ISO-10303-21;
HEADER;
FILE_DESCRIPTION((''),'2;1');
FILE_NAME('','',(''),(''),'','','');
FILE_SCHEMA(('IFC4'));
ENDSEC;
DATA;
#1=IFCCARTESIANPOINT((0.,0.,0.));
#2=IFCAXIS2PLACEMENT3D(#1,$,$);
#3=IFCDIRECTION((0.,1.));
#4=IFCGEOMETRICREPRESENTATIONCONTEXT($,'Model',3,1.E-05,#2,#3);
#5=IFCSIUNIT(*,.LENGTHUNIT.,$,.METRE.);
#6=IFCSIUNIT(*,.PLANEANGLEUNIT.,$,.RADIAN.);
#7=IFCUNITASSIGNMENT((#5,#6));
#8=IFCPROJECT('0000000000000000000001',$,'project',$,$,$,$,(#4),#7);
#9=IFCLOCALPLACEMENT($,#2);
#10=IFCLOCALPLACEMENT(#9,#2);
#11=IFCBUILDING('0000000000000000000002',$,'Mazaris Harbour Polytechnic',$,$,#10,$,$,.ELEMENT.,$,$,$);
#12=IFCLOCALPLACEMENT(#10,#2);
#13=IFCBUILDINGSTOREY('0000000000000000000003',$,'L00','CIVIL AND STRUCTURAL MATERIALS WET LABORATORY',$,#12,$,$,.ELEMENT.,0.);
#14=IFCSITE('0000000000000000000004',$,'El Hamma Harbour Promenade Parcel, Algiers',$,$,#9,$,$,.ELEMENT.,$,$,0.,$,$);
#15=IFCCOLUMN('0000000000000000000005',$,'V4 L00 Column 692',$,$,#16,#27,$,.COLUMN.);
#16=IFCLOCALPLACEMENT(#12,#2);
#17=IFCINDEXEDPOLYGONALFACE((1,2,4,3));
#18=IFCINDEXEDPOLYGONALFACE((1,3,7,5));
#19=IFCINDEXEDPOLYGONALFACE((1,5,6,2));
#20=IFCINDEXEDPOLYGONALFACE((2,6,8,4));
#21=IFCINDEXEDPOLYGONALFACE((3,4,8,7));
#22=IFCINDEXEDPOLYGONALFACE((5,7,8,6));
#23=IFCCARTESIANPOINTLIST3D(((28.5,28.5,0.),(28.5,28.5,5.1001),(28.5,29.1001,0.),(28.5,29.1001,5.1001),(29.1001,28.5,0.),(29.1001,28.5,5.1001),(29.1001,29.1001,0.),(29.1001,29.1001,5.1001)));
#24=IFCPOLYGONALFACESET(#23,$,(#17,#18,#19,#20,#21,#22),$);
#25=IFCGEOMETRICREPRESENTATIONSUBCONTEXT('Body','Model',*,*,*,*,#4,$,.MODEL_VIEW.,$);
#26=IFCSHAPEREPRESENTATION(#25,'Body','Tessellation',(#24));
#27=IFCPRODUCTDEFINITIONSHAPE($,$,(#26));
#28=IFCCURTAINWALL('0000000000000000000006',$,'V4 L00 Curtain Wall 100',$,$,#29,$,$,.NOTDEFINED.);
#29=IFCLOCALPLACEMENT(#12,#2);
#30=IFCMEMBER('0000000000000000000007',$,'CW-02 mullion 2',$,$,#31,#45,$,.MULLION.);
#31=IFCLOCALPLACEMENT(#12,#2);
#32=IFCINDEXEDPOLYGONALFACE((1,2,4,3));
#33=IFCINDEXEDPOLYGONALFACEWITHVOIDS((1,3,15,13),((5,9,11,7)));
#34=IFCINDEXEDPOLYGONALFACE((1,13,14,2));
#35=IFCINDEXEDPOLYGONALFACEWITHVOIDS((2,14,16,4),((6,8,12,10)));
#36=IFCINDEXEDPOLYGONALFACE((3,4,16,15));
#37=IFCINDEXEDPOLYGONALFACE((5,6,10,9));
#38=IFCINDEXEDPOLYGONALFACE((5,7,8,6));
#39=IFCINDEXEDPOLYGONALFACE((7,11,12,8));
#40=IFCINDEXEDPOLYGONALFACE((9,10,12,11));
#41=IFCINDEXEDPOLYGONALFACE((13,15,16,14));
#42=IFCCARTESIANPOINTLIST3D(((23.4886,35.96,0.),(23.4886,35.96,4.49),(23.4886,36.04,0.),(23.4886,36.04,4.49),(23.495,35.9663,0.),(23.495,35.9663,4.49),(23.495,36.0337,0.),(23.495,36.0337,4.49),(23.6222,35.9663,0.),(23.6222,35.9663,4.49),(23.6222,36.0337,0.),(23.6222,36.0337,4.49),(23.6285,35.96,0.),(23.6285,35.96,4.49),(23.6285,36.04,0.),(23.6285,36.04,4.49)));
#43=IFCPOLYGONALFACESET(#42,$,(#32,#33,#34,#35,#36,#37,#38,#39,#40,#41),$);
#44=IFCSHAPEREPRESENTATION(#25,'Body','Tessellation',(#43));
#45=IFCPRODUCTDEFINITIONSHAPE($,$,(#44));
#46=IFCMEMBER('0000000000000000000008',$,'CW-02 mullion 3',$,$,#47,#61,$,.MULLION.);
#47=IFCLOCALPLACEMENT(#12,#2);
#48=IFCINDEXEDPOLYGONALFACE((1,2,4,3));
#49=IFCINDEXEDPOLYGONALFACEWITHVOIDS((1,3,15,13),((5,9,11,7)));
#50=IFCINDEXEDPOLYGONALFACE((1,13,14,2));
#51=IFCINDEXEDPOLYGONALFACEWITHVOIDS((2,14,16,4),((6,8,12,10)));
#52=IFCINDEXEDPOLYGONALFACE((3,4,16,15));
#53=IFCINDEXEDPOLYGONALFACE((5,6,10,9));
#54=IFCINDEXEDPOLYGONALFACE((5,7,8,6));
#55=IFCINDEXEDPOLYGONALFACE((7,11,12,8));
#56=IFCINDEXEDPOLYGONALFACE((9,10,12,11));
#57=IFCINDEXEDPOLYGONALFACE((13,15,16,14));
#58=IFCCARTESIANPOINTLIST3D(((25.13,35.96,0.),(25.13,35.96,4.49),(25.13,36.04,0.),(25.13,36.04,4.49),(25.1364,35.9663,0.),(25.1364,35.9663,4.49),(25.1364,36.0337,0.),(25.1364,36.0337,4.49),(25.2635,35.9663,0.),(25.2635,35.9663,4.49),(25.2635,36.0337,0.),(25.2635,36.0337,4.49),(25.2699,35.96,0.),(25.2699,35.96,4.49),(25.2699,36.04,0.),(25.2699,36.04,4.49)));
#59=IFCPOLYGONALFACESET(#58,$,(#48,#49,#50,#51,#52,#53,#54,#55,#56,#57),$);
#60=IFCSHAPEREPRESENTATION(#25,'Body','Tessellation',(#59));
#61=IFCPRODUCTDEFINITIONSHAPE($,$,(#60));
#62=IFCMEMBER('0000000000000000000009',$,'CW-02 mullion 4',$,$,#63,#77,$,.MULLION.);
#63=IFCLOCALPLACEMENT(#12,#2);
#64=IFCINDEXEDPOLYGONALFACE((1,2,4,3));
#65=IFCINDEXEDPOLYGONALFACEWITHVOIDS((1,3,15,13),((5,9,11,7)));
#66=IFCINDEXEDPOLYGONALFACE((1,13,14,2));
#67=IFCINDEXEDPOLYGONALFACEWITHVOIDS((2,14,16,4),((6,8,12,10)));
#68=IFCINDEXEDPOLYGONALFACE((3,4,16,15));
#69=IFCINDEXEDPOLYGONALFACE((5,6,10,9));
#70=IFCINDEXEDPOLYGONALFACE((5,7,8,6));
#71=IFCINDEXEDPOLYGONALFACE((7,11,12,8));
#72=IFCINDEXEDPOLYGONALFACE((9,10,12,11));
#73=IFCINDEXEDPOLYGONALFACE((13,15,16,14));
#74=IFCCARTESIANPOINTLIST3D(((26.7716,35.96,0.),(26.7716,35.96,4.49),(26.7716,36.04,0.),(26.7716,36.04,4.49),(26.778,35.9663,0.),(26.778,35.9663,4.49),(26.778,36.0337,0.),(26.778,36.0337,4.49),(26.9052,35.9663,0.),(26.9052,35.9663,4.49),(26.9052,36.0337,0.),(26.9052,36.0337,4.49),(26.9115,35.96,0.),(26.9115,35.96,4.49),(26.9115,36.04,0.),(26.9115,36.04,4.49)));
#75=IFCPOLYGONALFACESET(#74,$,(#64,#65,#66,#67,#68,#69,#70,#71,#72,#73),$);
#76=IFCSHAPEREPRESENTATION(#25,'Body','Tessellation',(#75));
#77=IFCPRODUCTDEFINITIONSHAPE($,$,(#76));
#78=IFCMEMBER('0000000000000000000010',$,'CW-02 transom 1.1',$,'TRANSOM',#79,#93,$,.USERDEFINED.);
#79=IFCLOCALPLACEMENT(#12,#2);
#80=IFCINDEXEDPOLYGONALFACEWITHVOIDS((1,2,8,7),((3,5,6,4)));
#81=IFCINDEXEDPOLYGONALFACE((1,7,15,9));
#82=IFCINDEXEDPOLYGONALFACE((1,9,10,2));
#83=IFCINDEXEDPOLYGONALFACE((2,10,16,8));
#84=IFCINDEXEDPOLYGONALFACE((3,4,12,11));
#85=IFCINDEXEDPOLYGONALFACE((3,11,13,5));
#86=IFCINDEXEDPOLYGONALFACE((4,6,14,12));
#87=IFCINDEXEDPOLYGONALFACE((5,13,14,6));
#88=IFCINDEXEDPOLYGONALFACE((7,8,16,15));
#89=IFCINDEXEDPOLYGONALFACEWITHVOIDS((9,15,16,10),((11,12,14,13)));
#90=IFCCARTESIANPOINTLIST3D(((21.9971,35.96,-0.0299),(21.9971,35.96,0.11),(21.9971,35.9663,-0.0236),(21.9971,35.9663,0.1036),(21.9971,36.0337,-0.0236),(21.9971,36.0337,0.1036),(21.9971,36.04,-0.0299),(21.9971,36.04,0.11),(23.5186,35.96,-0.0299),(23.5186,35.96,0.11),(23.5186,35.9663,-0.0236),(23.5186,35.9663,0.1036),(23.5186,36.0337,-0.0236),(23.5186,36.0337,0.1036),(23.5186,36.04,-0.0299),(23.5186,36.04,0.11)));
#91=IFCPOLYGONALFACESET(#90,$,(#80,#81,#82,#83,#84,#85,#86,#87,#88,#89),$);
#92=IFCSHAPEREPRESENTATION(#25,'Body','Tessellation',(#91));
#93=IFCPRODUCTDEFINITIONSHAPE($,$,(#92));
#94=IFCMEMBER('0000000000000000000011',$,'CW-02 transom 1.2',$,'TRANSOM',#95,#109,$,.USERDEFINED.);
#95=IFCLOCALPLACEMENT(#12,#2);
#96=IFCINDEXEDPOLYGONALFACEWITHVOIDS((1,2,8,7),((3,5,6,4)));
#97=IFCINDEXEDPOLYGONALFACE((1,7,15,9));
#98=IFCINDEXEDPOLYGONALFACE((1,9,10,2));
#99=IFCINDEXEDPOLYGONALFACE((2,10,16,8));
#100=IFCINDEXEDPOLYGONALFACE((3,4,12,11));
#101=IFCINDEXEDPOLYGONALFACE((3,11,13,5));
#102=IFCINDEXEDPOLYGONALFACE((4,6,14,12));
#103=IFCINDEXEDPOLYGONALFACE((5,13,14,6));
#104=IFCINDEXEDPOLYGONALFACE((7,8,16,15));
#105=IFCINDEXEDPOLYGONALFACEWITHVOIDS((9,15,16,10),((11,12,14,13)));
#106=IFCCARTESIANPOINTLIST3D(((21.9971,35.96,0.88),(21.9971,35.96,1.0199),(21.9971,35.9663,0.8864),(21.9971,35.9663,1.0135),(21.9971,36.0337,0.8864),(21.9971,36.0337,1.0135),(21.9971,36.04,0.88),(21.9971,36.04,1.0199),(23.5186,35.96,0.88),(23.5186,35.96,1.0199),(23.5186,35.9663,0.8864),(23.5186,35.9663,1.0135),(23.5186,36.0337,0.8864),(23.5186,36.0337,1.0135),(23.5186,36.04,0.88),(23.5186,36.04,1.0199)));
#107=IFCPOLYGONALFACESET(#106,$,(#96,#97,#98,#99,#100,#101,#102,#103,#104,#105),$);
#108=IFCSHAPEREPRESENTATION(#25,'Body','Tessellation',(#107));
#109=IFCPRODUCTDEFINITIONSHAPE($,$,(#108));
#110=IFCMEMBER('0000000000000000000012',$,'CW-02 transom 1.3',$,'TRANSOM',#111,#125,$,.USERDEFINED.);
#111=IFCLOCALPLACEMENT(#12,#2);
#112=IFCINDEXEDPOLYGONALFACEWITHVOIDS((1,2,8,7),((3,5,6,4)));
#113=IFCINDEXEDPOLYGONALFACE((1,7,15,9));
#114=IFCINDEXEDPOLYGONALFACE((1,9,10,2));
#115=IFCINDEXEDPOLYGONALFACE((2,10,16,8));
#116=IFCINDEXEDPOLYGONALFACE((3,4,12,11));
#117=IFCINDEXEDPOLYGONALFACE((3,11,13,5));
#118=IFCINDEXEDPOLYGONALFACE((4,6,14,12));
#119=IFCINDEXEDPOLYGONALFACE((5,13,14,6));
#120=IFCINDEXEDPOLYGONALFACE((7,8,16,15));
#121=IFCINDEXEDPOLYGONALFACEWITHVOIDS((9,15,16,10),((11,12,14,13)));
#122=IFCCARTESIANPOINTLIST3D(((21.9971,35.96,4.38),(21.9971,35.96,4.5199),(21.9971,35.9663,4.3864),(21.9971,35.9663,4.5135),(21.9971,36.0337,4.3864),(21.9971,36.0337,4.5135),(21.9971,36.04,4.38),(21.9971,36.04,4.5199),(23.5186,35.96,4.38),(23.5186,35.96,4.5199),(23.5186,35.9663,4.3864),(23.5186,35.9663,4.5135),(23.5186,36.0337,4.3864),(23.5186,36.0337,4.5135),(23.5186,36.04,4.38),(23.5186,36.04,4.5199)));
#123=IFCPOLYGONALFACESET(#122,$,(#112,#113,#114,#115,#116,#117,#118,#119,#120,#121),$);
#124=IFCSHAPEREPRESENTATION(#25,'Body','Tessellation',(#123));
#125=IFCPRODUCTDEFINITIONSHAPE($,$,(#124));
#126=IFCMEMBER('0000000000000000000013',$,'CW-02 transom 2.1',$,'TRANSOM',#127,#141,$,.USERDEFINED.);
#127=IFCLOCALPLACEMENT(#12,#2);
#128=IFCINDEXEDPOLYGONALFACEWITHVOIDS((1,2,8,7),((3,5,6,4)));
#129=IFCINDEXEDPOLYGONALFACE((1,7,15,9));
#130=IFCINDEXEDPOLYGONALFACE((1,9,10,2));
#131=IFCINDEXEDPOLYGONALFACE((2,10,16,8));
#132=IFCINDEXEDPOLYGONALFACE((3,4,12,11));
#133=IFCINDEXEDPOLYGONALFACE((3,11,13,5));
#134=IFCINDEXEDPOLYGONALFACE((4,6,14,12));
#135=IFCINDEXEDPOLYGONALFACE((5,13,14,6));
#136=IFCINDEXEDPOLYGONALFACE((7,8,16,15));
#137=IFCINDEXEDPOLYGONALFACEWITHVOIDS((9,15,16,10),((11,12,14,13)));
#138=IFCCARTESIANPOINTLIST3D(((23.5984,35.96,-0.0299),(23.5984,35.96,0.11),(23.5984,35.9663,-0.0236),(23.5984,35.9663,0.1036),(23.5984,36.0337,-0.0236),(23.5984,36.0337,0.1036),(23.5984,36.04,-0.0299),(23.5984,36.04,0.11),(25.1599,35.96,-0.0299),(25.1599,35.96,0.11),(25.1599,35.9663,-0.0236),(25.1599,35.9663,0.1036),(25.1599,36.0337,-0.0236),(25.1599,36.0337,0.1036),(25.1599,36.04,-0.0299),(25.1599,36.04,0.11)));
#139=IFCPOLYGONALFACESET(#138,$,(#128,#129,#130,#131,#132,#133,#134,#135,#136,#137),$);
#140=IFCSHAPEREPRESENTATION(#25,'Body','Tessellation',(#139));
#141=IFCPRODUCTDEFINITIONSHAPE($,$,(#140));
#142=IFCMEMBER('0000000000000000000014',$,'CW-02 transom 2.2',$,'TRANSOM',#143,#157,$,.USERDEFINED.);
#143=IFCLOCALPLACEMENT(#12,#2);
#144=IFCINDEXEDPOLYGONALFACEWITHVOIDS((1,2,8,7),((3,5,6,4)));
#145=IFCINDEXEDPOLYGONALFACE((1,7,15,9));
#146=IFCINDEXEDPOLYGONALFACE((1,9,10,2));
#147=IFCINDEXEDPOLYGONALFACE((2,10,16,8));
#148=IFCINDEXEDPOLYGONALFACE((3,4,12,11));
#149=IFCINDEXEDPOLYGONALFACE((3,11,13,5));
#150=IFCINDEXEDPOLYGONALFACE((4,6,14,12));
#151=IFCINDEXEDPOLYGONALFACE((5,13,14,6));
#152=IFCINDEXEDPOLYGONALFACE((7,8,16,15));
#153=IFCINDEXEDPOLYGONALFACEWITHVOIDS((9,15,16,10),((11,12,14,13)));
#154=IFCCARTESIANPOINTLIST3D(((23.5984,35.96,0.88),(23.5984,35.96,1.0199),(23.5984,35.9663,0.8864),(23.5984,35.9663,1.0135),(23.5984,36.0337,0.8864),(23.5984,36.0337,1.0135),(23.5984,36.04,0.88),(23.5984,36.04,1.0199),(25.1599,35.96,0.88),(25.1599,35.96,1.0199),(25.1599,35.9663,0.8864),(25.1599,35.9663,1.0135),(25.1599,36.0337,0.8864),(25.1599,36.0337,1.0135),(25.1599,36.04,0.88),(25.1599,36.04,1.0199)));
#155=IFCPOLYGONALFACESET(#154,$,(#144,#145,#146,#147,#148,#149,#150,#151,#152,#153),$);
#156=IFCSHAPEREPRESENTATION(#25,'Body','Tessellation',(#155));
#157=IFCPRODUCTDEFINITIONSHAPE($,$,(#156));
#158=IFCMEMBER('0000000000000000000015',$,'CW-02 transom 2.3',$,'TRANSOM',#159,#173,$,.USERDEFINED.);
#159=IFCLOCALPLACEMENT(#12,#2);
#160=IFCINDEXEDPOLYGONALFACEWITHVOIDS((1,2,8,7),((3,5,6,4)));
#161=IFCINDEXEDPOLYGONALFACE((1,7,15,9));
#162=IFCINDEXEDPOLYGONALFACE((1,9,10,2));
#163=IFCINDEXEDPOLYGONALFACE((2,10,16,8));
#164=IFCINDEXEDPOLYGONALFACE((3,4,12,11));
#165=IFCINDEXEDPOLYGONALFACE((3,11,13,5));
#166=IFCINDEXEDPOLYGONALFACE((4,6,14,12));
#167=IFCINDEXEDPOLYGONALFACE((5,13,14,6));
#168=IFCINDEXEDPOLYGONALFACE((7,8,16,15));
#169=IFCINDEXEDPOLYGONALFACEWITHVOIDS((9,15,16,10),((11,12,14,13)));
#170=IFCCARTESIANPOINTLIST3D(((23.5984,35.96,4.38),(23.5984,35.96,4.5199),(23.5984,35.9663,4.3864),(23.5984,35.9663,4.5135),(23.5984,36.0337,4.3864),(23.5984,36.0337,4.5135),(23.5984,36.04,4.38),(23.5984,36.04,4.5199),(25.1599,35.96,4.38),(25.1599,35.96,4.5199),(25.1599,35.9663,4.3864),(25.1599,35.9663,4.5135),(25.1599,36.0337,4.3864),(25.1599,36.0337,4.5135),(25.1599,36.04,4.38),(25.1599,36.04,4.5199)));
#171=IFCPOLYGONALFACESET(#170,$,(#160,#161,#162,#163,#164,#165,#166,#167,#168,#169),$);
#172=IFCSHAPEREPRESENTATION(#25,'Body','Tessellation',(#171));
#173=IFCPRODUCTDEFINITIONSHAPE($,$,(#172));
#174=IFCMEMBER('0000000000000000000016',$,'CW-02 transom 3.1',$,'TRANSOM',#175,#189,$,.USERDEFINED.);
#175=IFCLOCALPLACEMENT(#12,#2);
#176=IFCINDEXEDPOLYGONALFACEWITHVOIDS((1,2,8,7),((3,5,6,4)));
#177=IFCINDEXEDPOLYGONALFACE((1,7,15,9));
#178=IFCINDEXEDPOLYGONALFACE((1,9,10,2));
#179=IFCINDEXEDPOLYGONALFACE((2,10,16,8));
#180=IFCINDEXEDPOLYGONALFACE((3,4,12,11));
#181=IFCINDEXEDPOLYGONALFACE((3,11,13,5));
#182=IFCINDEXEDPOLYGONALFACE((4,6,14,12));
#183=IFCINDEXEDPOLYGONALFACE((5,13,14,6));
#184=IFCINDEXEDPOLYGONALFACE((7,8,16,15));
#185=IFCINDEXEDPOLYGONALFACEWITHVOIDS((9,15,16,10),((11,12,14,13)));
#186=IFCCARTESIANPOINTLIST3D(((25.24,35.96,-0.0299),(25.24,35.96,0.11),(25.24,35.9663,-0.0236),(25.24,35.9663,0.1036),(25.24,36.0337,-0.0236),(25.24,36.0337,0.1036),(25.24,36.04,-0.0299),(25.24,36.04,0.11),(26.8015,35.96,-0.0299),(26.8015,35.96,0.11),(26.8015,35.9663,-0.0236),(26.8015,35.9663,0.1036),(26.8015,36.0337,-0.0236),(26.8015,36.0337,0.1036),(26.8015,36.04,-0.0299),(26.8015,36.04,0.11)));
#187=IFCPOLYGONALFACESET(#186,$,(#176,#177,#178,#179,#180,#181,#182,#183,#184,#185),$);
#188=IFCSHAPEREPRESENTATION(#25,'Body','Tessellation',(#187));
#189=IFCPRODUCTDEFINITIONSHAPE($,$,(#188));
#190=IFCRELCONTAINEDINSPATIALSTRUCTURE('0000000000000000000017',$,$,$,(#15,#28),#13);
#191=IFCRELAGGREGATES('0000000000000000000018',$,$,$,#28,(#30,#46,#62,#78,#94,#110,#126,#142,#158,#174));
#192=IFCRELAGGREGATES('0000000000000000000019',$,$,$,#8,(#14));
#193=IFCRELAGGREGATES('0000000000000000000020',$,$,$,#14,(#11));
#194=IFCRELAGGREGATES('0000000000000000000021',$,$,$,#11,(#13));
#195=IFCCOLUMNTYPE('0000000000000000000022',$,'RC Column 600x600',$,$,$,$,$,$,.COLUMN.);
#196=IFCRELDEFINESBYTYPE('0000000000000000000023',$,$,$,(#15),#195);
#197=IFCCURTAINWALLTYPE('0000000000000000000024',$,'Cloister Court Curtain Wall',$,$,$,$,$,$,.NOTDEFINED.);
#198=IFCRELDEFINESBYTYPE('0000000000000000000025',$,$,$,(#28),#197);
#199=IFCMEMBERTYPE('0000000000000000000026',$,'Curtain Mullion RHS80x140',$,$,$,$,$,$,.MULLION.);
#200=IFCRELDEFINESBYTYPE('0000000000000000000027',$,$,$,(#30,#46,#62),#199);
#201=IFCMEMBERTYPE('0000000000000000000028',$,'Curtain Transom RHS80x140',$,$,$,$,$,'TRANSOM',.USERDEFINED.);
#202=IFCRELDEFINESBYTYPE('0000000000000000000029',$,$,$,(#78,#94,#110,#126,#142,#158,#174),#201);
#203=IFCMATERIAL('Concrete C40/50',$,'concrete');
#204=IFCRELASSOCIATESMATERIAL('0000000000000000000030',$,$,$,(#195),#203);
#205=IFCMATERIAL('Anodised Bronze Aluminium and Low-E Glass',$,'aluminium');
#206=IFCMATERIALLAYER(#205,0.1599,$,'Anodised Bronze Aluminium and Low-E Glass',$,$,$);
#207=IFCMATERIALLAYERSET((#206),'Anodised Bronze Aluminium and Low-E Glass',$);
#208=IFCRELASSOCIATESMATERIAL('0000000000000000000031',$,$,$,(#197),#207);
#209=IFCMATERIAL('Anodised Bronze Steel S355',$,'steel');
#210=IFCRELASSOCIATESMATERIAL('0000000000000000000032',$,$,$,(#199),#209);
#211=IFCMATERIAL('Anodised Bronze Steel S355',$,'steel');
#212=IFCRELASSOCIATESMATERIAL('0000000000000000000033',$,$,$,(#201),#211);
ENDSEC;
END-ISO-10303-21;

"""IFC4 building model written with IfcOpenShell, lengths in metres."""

from ifc_helpers import new_model, si_unit, direction, frame, origin, origin_2d, place, context, subcontext, project, spatial, rectangle, hollow_rectangle, extrude, material, layer, layer_set, material_profile, profile_set, type_object, element, aggregate, save


model = new_model("IFC4")

# Units and contexts
model_context = context("Model", 3, precision=1e-05, world=origin(), true_north=direction((0.0, 1.0)))
body_context = subcontext(model_context, "Body", "Model", "MODEL_VIEW")
ifc_project = project(units=[si_unit("LENGTHUNIT", "METRE"), si_unit("PLANEANGLEUNIT", "RADIAN")], contexts=[model_context])

# Site, building, storey
site_placement = place(None, origin())
site = spatial("IfcSite", under=ifc_project, at=site_placement, Name="El Hamma Harbour Promenade Parcel, Algiers", CompositionType="ELEMENT", RefElevation=0.0)
building_placement = place(site_placement, origin())
building = spatial("IfcBuilding", under=site, at=building_placement, Name="Mazaris Harbour Polytechnic", CompositionType="ELEMENT")
storey_placement = place(building_placement, origin())
storey = spatial("IfcBuildingStorey", under=building, at=storey_placement, Name="L00", Description="CIVIL AND STRUCTURAL MATERIALS WET LABORATORY", CompositionType="ELEMENT", Elevation=0.0)

# Column
ifc_material_1 = material(Name="Concrete C40/50", Category="concrete")
ifc_material_profile_1 = material_profile(ifc_material_1, rectangle(XDim=0.6001, YDim=0.6001, at=origin_2d()), Name="RECT600x600")
ifc_profile_set_1 = profile_set([ifc_material_profile_1], Name="Concrete C40/50")
column_type = type_object("IfcColumnType", Name="RC Column 600x600", PredefinedType="COLUMN", material=ifc_profile_set_1)
column_placement = place(storey_placement, frame((28.8, 28.8, 0.0), z_axis=(0.0, 0.0, 1.0), x_axis=(1.0, 0.0, 0.0)))
element("IfcColumn", 1, at=column_placement, inside=storey, type_object=column_type, Name="V4 L00 Column 692", PredefinedType="COLUMN", context=body_context, shape_type="SweptSolid", body=[
    extrude(rectangle(XDim=0.6001, YDim=0.6001, at=origin_2d()), origin(), (0.0, 0.0, 1.0), 5.1001),
])

# Curtain wall, members
ifc_material_2 = material(Name="Anodised Bronze Aluminium and Low-E Glass", Category="aluminium")
ifc_layer_1 = layer(ifc_material_2, 0.1599, Name="Anodised Bronze Aluminium and Low-E Glass")
ifc_layer_set_1 = layer_set([ifc_layer_1], Name="Anodised Bronze Aluminium and Low-E Glass")
curtain_wall_type = type_object("IfcCurtainWallType", Name="Cloister Court Curtain Wall", PredefinedType="NOTDEFINED", material=ifc_layer_set_1)
curtain_wall_placement = place(storey_placement, origin())
curtain_wall = element("IfcCurtainWall", 2, at=curtain_wall_placement, inside=storey, type_object=curtain_wall_type, Name="V4 L00 Curtain Wall 100", PredefinedType="NOTDEFINED")
ifc_material_3 = material(Name="Anodised Bronze Steel S355", Category="steel")
ifc_material_profile_2 = material_profile(ifc_material_3, hollow_rectangle(XDim=0.0801, YDim=0.1399, WallThickness=0.0063, at=origin_2d()), Name="RHS 80x140x6.3")
ifc_profile_set_2 = profile_set([ifc_material_profile_2], Name="Anodised Bronze Steel S355")
member_type_1 = type_object("IfcMemberType", Name="Curtain Mullion RHS80x140", PredefinedType="MULLION", material=ifc_profile_set_2)
member_1_placement = place(storey_placement, frame((23.5586, 36.0, 0.0), z_axis=(0.0, 0.0, 1.0), x_axis=(0.0, 1.0, 0.0)))
member_1 = element("IfcMember", 3, at=member_1_placement, type_object=member_type_1, Name="CW-02 mullion 2", PredefinedType="MULLION", context=body_context, shape_type="SweptSolid", body=[
    extrude(hollow_rectangle(XDim=0.0801, YDim=0.1399, WallThickness=0.0063, at=origin_2d()), origin(), (0.0, 0.0, 1.0), 4.49),
])
member_2_placement = place(storey_placement, frame((25.2, 36.0, 0.0), z_axis=(0.0, 0.0, 1.0), x_axis=(0.0, 1.0, 0.0)))
member_2 = element("IfcMember", 4, at=member_2_placement, type_object=member_type_1, Name="CW-02 mullion 3", PredefinedType="MULLION", context=body_context, shape_type="SweptSolid", body=[
    extrude(hollow_rectangle(XDim=0.0801, YDim=0.1399, WallThickness=0.0063, at=origin_2d()), origin(), (0.0, 0.0, 1.0), 4.49),
])
member_3_placement = place(storey_placement, frame((26.8416, 36.0, 0.0), z_axis=(0.0, 0.0, 1.0), x_axis=(0.0, 1.0, 0.0)))
member_3 = element("IfcMember", 5, at=member_3_placement, type_object=member_type_1, Name="CW-02 mullion 4", PredefinedType="MULLION", context=body_context, shape_type="SweptSolid", body=[
    extrude(hollow_rectangle(XDim=0.0801, YDim=0.1399, WallThickness=0.0063, at=origin_2d()), origin(), (0.0, 0.0, 1.0), 4.49),
])
ifc_material_4 = material(Name="Anodised Bronze Steel S355", Category="steel")
ifc_material_profile_3 = material_profile(ifc_material_4, hollow_rectangle(XDim=0.0801, YDim=0.1399, WallThickness=0.0063, at=origin_2d()), Name="RHS 80x140x6.3")
ifc_profile_set_3 = profile_set([ifc_material_profile_3], Name="Anodised Bronze Steel S355")
member_type_2 = type_object("IfcMemberType", Name="Curtain Transom RHS80x140", ElementType="TRANSOM", PredefinedType="USERDEFINED", material=ifc_profile_set_3)
member_4_placement = place(storey_placement, frame((21.9971, 36.0, 0.04), z_axis=(1.0, 0.0, 0.0), x_axis=(0.0, 1.0, 0.0)))
member_4 = element("IfcMember", 6, at=member_4_placement, type_object=member_type_2, Name="CW-02 transom 1.1", ObjectType="TRANSOM", PredefinedType="USERDEFINED", context=body_context, shape_type="SweptSolid", body=[
    extrude(hollow_rectangle(XDim=0.0801, YDim=0.1399, WallThickness=0.0063, at=origin_2d()), origin(), (0.0, 0.0, 1.0), 1.5215),
])
member_5_placement = place(storey_placement, frame((21.9971, 36.0, 0.95), z_axis=(1.0, 0.0, 0.0), x_axis=(0.0, 1.0, 0.0)))
member_5 = element("IfcMember", 7, at=member_5_placement, type_object=member_type_2, Name="CW-02 transom 1.2", ObjectType="TRANSOM", PredefinedType="USERDEFINED", context=body_context, shape_type="SweptSolid", body=[
    extrude(hollow_rectangle(XDim=0.0801, YDim=0.1399, WallThickness=0.0063, at=origin_2d()), origin(), (0.0, 0.0, 1.0), 1.5215),
])
member_6_placement = place(storey_placement, frame((21.9971, 36.0, 4.45), z_axis=(1.0, 0.0, 0.0), x_axis=(0.0, 1.0, 0.0)))
member_6 = element("IfcMember", 8, at=member_6_placement, type_object=member_type_2, Name="CW-02 transom 1.3", ObjectType="TRANSOM", PredefinedType="USERDEFINED", context=body_context, shape_type="SweptSolid", body=[
    extrude(hollow_rectangle(XDim=0.0801, YDim=0.1399, WallThickness=0.0063, at=origin_2d()), origin(), (0.0, 0.0, 1.0), 1.5215),
])
member_7_placement = place(storey_placement, frame((23.5984, 36.0, 0.04), z_axis=(1.0, 0.0, 0.0), x_axis=(0.0, 1.0, 0.0)))
member_7 = element("IfcMember", 9, at=member_7_placement, type_object=member_type_2, Name="CW-02 transom 2.1", ObjectType="TRANSOM", PredefinedType="USERDEFINED", context=body_context, shape_type="SweptSolid", body=[
    extrude(hollow_rectangle(XDim=0.0801, YDim=0.1399, WallThickness=0.0063, at=origin_2d()), origin(), (0.0, 0.0, 1.0), 1.5615),
])
member_8_placement = place(storey_placement, frame((23.5984, 36.0, 0.95), z_axis=(1.0, 0.0, 0.0), x_axis=(0.0, 1.0, 0.0)))
member_8 = element("IfcMember", 10, at=member_8_placement, type_object=member_type_2, Name="CW-02 transom 2.2", ObjectType="TRANSOM", PredefinedType="USERDEFINED", context=body_context, shape_type="SweptSolid", body=[
    extrude(hollow_rectangle(XDim=0.0801, YDim=0.1399, WallThickness=0.0063, at=origin_2d()), origin(), (0.0, 0.0, 1.0), 1.5615),
])
member_9_placement = place(storey_placement, frame((23.5984, 36.0, 4.45), z_axis=(1.0, 0.0, 0.0), x_axis=(0.0, 1.0, 0.0)))
member_9 = element("IfcMember", 11, at=member_9_placement, type_object=member_type_2, Name="CW-02 transom 2.3", ObjectType="TRANSOM", PredefinedType="USERDEFINED", context=body_context, shape_type="SweptSolid", body=[
    extrude(hollow_rectangle(XDim=0.0801, YDim=0.1399, WallThickness=0.0063, at=origin_2d()), origin(), (0.0, 0.0, 1.0), 1.5615),
])
member_10_placement = place(storey_placement, frame((25.24, 36.0, 0.04), z_axis=(1.0, 0.0, 0.0), x_axis=(0.0, 1.0, 0.0)))
member_10 = element("IfcMember", 12, at=member_10_placement, type_object=member_type_2, Name="CW-02 transom 3.1", ObjectType="TRANSOM", PredefinedType="USERDEFINED", context=body_context, shape_type="SweptSolid", body=[
    extrude(hollow_rectangle(XDim=0.0801, YDim=0.1399, WallThickness=0.0063, at=origin_2d()), origin(), (0.0, 0.0, 1.0), 1.5615),
])

aggregate(curtain_wall, [member_1, member_2, member_3, member_4, member_5, member_6, member_7, member_8, member_9, member_10])

save(model, "model.ifc")
